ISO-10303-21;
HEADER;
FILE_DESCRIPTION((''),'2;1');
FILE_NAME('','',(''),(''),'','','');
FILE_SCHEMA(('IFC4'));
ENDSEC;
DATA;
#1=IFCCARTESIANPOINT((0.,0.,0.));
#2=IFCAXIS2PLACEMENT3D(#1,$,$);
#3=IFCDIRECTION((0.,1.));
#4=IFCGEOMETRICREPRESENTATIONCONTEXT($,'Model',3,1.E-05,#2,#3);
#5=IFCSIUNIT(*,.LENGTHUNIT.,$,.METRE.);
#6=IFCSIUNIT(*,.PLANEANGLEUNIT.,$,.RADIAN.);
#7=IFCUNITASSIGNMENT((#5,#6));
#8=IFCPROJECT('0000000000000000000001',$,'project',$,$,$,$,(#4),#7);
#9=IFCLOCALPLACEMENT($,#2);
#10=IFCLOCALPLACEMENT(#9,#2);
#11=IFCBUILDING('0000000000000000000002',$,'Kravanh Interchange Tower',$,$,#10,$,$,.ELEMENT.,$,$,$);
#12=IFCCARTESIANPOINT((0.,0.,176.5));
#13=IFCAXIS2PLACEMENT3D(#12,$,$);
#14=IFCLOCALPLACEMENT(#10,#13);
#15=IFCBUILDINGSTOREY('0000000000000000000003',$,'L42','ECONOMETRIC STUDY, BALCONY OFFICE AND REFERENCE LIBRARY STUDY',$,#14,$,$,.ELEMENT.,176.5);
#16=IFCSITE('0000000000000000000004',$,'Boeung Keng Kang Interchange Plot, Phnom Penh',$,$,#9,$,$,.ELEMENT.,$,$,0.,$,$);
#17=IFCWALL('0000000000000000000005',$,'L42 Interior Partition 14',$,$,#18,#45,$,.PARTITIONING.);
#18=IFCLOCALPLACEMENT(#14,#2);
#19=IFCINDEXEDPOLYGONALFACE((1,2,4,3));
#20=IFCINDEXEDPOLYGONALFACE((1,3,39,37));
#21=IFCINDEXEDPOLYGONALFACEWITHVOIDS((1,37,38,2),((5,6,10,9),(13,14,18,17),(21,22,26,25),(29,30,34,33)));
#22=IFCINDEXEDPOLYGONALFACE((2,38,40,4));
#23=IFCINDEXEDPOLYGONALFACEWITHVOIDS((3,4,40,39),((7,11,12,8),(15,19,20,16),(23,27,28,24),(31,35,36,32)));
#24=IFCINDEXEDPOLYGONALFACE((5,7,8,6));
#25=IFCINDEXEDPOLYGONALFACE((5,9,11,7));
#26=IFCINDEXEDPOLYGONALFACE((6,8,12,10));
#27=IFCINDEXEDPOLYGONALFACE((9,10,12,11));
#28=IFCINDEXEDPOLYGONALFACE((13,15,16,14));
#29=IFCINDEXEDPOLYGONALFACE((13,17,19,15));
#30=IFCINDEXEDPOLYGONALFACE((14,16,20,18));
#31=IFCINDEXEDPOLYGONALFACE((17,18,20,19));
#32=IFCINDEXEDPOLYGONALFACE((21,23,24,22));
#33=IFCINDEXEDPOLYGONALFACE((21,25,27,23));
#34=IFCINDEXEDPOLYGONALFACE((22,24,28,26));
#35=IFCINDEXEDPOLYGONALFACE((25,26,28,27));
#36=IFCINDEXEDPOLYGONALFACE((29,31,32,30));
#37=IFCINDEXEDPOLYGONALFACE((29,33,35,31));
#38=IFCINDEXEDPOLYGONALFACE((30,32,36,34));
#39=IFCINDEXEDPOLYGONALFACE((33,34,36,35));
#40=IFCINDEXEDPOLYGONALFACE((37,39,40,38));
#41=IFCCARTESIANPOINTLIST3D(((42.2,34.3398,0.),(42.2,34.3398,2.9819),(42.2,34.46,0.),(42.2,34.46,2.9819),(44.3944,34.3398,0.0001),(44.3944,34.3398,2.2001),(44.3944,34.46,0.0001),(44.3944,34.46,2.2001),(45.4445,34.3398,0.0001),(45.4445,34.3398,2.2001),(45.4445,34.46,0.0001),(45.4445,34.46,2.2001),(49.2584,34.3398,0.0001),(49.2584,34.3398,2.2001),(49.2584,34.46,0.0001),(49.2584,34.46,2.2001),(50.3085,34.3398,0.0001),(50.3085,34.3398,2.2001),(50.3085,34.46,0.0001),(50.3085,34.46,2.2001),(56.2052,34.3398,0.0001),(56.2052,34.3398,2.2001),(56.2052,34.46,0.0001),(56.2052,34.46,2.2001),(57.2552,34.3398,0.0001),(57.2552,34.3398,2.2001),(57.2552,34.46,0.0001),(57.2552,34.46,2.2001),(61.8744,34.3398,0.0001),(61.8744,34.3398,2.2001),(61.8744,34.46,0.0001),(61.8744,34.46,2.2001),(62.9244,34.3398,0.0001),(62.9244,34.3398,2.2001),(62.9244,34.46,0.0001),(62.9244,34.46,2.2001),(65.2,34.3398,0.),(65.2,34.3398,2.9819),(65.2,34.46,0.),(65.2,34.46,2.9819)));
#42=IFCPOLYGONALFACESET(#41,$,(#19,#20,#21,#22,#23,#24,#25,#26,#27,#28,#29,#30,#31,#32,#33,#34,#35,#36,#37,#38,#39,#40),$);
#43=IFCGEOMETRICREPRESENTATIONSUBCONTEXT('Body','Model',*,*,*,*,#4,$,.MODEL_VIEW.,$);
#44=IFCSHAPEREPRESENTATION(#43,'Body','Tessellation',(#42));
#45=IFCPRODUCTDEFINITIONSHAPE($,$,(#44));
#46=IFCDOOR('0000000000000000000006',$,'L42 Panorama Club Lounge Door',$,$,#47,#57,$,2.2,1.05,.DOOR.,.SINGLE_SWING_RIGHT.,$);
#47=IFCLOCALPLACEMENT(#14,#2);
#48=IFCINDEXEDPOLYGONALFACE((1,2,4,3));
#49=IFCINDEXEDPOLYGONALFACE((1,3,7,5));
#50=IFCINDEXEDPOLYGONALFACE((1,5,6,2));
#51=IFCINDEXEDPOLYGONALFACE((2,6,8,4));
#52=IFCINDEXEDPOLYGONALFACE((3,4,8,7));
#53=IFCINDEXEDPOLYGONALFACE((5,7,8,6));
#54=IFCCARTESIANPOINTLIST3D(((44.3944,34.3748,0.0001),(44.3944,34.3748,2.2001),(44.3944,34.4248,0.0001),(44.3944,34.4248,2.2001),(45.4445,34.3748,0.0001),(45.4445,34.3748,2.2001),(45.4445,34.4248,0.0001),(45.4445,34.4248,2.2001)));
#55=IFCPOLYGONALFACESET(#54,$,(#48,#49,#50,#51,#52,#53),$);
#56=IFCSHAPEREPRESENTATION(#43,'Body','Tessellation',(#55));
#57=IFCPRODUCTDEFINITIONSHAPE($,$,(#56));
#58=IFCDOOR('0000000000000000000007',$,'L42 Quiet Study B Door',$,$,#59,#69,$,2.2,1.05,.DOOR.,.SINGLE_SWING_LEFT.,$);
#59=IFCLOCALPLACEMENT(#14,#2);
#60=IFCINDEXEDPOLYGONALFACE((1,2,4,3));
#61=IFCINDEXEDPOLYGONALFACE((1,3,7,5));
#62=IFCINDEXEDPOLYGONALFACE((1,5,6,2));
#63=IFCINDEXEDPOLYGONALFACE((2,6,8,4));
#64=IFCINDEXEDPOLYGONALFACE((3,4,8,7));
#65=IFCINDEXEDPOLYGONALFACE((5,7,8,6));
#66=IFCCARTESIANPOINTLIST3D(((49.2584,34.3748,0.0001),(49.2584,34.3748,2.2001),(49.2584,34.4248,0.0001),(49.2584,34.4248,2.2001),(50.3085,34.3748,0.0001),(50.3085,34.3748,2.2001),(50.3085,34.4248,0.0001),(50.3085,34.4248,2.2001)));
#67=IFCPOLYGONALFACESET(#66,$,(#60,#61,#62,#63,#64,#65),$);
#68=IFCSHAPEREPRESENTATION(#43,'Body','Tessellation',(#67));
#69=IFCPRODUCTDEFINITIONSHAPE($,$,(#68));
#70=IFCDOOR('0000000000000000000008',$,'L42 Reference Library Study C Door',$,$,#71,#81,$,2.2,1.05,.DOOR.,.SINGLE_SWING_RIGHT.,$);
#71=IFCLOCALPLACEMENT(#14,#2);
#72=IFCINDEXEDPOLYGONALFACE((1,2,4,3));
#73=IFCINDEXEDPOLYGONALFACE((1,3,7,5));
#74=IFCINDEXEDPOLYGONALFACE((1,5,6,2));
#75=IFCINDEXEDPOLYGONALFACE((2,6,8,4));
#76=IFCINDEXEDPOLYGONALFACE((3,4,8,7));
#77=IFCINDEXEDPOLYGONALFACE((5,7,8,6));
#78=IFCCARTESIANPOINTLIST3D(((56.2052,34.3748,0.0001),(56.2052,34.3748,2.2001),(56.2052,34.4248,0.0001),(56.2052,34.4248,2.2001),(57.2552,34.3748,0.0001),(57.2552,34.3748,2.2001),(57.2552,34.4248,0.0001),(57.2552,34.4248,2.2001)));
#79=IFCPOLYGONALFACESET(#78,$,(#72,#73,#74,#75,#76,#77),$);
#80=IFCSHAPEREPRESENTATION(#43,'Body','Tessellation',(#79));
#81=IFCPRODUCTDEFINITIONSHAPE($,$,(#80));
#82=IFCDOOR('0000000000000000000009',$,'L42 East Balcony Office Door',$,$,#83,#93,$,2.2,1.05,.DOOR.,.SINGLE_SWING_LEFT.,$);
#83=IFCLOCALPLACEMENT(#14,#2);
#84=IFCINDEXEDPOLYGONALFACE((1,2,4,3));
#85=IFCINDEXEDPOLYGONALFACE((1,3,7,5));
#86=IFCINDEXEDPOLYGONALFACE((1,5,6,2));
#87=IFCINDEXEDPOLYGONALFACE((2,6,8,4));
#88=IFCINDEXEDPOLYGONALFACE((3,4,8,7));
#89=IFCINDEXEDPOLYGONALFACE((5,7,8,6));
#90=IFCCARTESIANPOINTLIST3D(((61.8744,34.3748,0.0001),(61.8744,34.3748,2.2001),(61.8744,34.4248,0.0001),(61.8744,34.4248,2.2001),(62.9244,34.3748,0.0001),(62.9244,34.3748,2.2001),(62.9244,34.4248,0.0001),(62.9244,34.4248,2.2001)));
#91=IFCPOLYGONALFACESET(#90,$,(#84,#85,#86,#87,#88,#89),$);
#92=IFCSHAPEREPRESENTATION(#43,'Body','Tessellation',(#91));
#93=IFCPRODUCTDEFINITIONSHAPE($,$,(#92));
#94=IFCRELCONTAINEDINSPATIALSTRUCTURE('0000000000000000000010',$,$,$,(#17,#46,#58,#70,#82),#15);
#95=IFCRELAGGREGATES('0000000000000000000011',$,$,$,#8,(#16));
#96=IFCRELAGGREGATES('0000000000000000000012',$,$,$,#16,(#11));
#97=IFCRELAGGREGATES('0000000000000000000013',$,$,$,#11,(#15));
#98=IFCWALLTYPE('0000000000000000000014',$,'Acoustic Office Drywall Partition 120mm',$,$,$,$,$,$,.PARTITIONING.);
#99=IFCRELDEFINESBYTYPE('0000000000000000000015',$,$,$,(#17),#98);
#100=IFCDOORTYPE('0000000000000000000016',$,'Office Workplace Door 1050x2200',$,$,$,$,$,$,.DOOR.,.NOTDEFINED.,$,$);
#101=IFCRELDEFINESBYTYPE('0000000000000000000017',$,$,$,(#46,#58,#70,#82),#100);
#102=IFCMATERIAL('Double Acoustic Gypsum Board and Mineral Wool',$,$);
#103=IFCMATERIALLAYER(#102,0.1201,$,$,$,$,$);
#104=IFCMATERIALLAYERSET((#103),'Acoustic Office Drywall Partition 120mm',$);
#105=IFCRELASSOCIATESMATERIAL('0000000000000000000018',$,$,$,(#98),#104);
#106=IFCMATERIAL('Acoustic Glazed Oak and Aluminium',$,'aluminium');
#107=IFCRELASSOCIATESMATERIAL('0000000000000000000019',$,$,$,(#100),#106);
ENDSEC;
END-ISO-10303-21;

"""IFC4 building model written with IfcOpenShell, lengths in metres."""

from ifc_helpers import new_model, si_unit, direction, frame, frame_2d, origin, place, context, subcontext, project, spatial, rectangle, extrude, material, layer, layer_set, type_object, element, fill, save


model = new_model("IFC4")

# Units and contexts
model_context = context("Model", 3, precision=1e-05, world=origin(), true_north=direction((0.0, 1.0)))
body_context = subcontext(model_context, "Body", "Model", "MODEL_VIEW")
ifc_project = project(units=[si_unit("LENGTHUNIT", "METRE"), si_unit("PLANEANGLEUNIT", "RADIAN")], contexts=[model_context])

# Site, building, storey
site_placement = place(None, origin())
site = spatial("IfcSite", under=ifc_project, at=site_placement, Name="Boeung Keng Kang Interchange Plot, Phnom Penh", CompositionType="ELEMENT", RefElevation=0.0)
building_placement = place(site_placement, origin())
building = spatial("IfcBuilding", under=site, at=building_placement, Name="Kravanh Interchange Tower", CompositionType="ELEMENT")
storey_placement = place(building_placement, frame((0.0, 0.0, 176.5)))
storey = spatial("IfcBuildingStorey", under=building, at=storey_placement, Name="L42", Description="ECONOMETRIC STUDY, BALCONY OFFICE AND REFERENCE LIBRARY STUDY", CompositionType="ELEMENT", Elevation=176.5)

# Wall, openings, doors
ifc_material_1 = material(Name="Double Acoustic Gypsum Board and Mineral Wool")
ifc_layer = layer(ifc_material_1, 0.1201)
ifc_layer_set = layer_set([ifc_layer], Name="Acoustic Office Drywall Partition 120mm")
wall_type = type_object("IfcWallType", Name="Acoustic Office Drywall Partition 120mm", PredefinedType="PARTITIONING", material=ifc_layer_set)
wall_placement = place(storey_placement, frame((42.2, 34.3999, 0.0), z_axis=(0.0, 0.0, 1.0), x_axis=(1.0, 0.0, 0.0)))
wall = element("IfcWall", 1, at=wall_placement, inside=storey, type_object=wall_type, Name="L42 Interior Partition 14", PredefinedType="PARTITIONING", context=body_context, shape_type="SweptSolid", body=[
    extrude(rectangle(XDim=23.0, YDim=0.1201, at=frame_2d((11.5, 0.0))), origin(), (0.0, 0.0, 1.0), 2.9819),
])
opening_1_placement = place(wall_placement, frame((2.1946, 0.0, 0.0)))
opening_1 = element("IfcOpeningElement", 2, at=opening_1_placement, cuts=wall, PredefinedType="OPENING", context=body_context, shape_type="SweptSolid", body=[
    extrude(rectangle(XDim=1.05, YDim=2.2, at=frame_2d((0.5249, 1.1001))), frame((0.0, 0.0701, 0.0), z_axis=(0.0, -1.0, 0.0), x_axis=(1.0, 0.0, 0.0)), (0.0, 0.0, 1.0), 0.1401),
])
opening_2_placement = place(wall_placement, frame((7.0586, 0.0, 0.0)))
opening_2 = element("IfcOpeningElement", 3, at=opening_2_placement, cuts=wall, PredefinedType="OPENING", context=body_context, shape_type="SweptSolid", body=[
    extrude(rectangle(XDim=1.05, YDim=2.2, at=frame_2d((0.5249, 1.1001))), frame((0.0, 0.0701, 0.0), z_axis=(0.0, -1.0, 0.0), x_axis=(1.0, 0.0, 0.0)), (0.0, 0.0, 1.0), 0.1401),
])
opening_3_placement = place(wall_placement, frame((14.0054, 0.0, 0.0)))
opening_3 = element("IfcOpeningElement", 4, at=opening_3_placement, cuts=wall, PredefinedType="OPENING", context=body_context, shape_type="SweptSolid", body=[
    extrude(rectangle(XDim=1.05, YDim=2.2, at=frame_2d((0.5249, 1.1001))), frame((0.0, 0.0701, 0.0), z_axis=(0.0, -1.0, 0.0), x_axis=(1.0, 0.0, 0.0)), (0.0, 0.0, 1.0), 0.1401),
])
opening_4_placement = place(wall_placement, frame((19.6746, 0.0, 0.0)))
opening_4 = element("IfcOpeningElement", 5, at=opening_4_placement, cuts=wall, PredefinedType="OPENING", context=body_context, shape_type="SweptSolid", body=[
    extrude(rectangle(XDim=1.05, YDim=2.2, at=frame_2d((0.5249, 1.1001))), frame((0.0, 0.0701, 0.0), z_axis=(0.0, -1.0, 0.0), x_axis=(1.0, 0.0, 0.0)), (0.0, 0.0, 1.0), 0.1401),
])
ifc_material_2 = material(Name="Acoustic Glazed Oak and Aluminium", Category="aluminium")
door_type = type_object("IfcDoorType", Name="Office Workplace Door 1050x2200", OperationType="NOTDEFINED", PredefinedType="DOOR", material=ifc_material_2)
door_1_placement = place(opening_1_placement, origin())
door_1 = element("IfcDoor", 6, at=door_1_placement, inside=storey, type_object=door_type, Name="L42 Panorama Club Lounge Door", OperationType="SINGLE_SWING_RIGHT", OverallHeight=2.2, OverallWidth=1.05, PredefinedType="DOOR", context=body_context, shape_type="SweptSolid", body=[
    extrude(rectangle(XDim=1.05, YDim=2.2, at=frame_2d((0.5249, 1.1001))), frame((0.0, 0.0249, 0.0), z_axis=(0.0, -1.0, 0.0), x_axis=(1.0, 0.0, 0.0)), (0.0, 0.0, 1.0), 0.05),
])
fill(opening_1, door_1)
door_2_placement = place(opening_2_placement, origin())
door_2 = element("IfcDoor", 7, at=door_2_placement, inside=storey, type_object=door_type, Name="L42 Quiet Study B Door", OperationType="SINGLE_SWING_LEFT", OverallHeight=2.2, OverallWidth=1.05, PredefinedType="DOOR", context=body_context, shape_type="SweptSolid", body=[
    extrude(rectangle(XDim=1.05, YDim=2.2, at=frame_2d((0.5249, 1.1001))), frame((0.0, 0.0249, 0.0), z_axis=(0.0, -1.0, 0.0), x_axis=(1.0, 0.0, 0.0)), (0.0, 0.0, 1.0), 0.05),
])
fill(opening_2, door_2)
door_3_placement = place(opening_3_placement, origin())
door_3 = element("IfcDoor", 8, at=door_3_placement, inside=storey, type_object=door_type, Name="L42 Reference Library Study C Door", OperationType="SINGLE_SWING_RIGHT", OverallHeight=2.2, OverallWidth=1.05, PredefinedType="DOOR", context=body_context, shape_type="SweptSolid", body=[
    extrude(rectangle(XDim=1.05, YDim=2.2, at=frame_2d((0.5249, 1.1001))), frame((0.0, 0.0249, 0.0), z_axis=(0.0, -1.0, 0.0), x_axis=(1.0, 0.0, 0.0)), (0.0, 0.0, 1.0), 0.05),
])
fill(opening_3, door_3)
door_4_placement = place(opening_4_placement, origin())
door_4 = element("IfcDoor", 9, at=door_4_placement, inside=storey, type_object=door_type, Name="L42 East Balcony Office Door", OperationType="SINGLE_SWING_LEFT", OverallHeight=2.2, OverallWidth=1.05, PredefinedType="DOOR", context=body_context, shape_type="SweptSolid", body=[
    extrude(rectangle(XDim=1.05, YDim=2.2, at=frame_2d((0.5249, 1.1001))), frame((0.0, 0.0249, 0.0), z_axis=(0.0, -1.0, 0.0), x_axis=(1.0, 0.0, 0.0)), (0.0, 0.0, 1.0), 0.05),
])
fill(opening_4, door_4)

save(model, "model.ifc")
